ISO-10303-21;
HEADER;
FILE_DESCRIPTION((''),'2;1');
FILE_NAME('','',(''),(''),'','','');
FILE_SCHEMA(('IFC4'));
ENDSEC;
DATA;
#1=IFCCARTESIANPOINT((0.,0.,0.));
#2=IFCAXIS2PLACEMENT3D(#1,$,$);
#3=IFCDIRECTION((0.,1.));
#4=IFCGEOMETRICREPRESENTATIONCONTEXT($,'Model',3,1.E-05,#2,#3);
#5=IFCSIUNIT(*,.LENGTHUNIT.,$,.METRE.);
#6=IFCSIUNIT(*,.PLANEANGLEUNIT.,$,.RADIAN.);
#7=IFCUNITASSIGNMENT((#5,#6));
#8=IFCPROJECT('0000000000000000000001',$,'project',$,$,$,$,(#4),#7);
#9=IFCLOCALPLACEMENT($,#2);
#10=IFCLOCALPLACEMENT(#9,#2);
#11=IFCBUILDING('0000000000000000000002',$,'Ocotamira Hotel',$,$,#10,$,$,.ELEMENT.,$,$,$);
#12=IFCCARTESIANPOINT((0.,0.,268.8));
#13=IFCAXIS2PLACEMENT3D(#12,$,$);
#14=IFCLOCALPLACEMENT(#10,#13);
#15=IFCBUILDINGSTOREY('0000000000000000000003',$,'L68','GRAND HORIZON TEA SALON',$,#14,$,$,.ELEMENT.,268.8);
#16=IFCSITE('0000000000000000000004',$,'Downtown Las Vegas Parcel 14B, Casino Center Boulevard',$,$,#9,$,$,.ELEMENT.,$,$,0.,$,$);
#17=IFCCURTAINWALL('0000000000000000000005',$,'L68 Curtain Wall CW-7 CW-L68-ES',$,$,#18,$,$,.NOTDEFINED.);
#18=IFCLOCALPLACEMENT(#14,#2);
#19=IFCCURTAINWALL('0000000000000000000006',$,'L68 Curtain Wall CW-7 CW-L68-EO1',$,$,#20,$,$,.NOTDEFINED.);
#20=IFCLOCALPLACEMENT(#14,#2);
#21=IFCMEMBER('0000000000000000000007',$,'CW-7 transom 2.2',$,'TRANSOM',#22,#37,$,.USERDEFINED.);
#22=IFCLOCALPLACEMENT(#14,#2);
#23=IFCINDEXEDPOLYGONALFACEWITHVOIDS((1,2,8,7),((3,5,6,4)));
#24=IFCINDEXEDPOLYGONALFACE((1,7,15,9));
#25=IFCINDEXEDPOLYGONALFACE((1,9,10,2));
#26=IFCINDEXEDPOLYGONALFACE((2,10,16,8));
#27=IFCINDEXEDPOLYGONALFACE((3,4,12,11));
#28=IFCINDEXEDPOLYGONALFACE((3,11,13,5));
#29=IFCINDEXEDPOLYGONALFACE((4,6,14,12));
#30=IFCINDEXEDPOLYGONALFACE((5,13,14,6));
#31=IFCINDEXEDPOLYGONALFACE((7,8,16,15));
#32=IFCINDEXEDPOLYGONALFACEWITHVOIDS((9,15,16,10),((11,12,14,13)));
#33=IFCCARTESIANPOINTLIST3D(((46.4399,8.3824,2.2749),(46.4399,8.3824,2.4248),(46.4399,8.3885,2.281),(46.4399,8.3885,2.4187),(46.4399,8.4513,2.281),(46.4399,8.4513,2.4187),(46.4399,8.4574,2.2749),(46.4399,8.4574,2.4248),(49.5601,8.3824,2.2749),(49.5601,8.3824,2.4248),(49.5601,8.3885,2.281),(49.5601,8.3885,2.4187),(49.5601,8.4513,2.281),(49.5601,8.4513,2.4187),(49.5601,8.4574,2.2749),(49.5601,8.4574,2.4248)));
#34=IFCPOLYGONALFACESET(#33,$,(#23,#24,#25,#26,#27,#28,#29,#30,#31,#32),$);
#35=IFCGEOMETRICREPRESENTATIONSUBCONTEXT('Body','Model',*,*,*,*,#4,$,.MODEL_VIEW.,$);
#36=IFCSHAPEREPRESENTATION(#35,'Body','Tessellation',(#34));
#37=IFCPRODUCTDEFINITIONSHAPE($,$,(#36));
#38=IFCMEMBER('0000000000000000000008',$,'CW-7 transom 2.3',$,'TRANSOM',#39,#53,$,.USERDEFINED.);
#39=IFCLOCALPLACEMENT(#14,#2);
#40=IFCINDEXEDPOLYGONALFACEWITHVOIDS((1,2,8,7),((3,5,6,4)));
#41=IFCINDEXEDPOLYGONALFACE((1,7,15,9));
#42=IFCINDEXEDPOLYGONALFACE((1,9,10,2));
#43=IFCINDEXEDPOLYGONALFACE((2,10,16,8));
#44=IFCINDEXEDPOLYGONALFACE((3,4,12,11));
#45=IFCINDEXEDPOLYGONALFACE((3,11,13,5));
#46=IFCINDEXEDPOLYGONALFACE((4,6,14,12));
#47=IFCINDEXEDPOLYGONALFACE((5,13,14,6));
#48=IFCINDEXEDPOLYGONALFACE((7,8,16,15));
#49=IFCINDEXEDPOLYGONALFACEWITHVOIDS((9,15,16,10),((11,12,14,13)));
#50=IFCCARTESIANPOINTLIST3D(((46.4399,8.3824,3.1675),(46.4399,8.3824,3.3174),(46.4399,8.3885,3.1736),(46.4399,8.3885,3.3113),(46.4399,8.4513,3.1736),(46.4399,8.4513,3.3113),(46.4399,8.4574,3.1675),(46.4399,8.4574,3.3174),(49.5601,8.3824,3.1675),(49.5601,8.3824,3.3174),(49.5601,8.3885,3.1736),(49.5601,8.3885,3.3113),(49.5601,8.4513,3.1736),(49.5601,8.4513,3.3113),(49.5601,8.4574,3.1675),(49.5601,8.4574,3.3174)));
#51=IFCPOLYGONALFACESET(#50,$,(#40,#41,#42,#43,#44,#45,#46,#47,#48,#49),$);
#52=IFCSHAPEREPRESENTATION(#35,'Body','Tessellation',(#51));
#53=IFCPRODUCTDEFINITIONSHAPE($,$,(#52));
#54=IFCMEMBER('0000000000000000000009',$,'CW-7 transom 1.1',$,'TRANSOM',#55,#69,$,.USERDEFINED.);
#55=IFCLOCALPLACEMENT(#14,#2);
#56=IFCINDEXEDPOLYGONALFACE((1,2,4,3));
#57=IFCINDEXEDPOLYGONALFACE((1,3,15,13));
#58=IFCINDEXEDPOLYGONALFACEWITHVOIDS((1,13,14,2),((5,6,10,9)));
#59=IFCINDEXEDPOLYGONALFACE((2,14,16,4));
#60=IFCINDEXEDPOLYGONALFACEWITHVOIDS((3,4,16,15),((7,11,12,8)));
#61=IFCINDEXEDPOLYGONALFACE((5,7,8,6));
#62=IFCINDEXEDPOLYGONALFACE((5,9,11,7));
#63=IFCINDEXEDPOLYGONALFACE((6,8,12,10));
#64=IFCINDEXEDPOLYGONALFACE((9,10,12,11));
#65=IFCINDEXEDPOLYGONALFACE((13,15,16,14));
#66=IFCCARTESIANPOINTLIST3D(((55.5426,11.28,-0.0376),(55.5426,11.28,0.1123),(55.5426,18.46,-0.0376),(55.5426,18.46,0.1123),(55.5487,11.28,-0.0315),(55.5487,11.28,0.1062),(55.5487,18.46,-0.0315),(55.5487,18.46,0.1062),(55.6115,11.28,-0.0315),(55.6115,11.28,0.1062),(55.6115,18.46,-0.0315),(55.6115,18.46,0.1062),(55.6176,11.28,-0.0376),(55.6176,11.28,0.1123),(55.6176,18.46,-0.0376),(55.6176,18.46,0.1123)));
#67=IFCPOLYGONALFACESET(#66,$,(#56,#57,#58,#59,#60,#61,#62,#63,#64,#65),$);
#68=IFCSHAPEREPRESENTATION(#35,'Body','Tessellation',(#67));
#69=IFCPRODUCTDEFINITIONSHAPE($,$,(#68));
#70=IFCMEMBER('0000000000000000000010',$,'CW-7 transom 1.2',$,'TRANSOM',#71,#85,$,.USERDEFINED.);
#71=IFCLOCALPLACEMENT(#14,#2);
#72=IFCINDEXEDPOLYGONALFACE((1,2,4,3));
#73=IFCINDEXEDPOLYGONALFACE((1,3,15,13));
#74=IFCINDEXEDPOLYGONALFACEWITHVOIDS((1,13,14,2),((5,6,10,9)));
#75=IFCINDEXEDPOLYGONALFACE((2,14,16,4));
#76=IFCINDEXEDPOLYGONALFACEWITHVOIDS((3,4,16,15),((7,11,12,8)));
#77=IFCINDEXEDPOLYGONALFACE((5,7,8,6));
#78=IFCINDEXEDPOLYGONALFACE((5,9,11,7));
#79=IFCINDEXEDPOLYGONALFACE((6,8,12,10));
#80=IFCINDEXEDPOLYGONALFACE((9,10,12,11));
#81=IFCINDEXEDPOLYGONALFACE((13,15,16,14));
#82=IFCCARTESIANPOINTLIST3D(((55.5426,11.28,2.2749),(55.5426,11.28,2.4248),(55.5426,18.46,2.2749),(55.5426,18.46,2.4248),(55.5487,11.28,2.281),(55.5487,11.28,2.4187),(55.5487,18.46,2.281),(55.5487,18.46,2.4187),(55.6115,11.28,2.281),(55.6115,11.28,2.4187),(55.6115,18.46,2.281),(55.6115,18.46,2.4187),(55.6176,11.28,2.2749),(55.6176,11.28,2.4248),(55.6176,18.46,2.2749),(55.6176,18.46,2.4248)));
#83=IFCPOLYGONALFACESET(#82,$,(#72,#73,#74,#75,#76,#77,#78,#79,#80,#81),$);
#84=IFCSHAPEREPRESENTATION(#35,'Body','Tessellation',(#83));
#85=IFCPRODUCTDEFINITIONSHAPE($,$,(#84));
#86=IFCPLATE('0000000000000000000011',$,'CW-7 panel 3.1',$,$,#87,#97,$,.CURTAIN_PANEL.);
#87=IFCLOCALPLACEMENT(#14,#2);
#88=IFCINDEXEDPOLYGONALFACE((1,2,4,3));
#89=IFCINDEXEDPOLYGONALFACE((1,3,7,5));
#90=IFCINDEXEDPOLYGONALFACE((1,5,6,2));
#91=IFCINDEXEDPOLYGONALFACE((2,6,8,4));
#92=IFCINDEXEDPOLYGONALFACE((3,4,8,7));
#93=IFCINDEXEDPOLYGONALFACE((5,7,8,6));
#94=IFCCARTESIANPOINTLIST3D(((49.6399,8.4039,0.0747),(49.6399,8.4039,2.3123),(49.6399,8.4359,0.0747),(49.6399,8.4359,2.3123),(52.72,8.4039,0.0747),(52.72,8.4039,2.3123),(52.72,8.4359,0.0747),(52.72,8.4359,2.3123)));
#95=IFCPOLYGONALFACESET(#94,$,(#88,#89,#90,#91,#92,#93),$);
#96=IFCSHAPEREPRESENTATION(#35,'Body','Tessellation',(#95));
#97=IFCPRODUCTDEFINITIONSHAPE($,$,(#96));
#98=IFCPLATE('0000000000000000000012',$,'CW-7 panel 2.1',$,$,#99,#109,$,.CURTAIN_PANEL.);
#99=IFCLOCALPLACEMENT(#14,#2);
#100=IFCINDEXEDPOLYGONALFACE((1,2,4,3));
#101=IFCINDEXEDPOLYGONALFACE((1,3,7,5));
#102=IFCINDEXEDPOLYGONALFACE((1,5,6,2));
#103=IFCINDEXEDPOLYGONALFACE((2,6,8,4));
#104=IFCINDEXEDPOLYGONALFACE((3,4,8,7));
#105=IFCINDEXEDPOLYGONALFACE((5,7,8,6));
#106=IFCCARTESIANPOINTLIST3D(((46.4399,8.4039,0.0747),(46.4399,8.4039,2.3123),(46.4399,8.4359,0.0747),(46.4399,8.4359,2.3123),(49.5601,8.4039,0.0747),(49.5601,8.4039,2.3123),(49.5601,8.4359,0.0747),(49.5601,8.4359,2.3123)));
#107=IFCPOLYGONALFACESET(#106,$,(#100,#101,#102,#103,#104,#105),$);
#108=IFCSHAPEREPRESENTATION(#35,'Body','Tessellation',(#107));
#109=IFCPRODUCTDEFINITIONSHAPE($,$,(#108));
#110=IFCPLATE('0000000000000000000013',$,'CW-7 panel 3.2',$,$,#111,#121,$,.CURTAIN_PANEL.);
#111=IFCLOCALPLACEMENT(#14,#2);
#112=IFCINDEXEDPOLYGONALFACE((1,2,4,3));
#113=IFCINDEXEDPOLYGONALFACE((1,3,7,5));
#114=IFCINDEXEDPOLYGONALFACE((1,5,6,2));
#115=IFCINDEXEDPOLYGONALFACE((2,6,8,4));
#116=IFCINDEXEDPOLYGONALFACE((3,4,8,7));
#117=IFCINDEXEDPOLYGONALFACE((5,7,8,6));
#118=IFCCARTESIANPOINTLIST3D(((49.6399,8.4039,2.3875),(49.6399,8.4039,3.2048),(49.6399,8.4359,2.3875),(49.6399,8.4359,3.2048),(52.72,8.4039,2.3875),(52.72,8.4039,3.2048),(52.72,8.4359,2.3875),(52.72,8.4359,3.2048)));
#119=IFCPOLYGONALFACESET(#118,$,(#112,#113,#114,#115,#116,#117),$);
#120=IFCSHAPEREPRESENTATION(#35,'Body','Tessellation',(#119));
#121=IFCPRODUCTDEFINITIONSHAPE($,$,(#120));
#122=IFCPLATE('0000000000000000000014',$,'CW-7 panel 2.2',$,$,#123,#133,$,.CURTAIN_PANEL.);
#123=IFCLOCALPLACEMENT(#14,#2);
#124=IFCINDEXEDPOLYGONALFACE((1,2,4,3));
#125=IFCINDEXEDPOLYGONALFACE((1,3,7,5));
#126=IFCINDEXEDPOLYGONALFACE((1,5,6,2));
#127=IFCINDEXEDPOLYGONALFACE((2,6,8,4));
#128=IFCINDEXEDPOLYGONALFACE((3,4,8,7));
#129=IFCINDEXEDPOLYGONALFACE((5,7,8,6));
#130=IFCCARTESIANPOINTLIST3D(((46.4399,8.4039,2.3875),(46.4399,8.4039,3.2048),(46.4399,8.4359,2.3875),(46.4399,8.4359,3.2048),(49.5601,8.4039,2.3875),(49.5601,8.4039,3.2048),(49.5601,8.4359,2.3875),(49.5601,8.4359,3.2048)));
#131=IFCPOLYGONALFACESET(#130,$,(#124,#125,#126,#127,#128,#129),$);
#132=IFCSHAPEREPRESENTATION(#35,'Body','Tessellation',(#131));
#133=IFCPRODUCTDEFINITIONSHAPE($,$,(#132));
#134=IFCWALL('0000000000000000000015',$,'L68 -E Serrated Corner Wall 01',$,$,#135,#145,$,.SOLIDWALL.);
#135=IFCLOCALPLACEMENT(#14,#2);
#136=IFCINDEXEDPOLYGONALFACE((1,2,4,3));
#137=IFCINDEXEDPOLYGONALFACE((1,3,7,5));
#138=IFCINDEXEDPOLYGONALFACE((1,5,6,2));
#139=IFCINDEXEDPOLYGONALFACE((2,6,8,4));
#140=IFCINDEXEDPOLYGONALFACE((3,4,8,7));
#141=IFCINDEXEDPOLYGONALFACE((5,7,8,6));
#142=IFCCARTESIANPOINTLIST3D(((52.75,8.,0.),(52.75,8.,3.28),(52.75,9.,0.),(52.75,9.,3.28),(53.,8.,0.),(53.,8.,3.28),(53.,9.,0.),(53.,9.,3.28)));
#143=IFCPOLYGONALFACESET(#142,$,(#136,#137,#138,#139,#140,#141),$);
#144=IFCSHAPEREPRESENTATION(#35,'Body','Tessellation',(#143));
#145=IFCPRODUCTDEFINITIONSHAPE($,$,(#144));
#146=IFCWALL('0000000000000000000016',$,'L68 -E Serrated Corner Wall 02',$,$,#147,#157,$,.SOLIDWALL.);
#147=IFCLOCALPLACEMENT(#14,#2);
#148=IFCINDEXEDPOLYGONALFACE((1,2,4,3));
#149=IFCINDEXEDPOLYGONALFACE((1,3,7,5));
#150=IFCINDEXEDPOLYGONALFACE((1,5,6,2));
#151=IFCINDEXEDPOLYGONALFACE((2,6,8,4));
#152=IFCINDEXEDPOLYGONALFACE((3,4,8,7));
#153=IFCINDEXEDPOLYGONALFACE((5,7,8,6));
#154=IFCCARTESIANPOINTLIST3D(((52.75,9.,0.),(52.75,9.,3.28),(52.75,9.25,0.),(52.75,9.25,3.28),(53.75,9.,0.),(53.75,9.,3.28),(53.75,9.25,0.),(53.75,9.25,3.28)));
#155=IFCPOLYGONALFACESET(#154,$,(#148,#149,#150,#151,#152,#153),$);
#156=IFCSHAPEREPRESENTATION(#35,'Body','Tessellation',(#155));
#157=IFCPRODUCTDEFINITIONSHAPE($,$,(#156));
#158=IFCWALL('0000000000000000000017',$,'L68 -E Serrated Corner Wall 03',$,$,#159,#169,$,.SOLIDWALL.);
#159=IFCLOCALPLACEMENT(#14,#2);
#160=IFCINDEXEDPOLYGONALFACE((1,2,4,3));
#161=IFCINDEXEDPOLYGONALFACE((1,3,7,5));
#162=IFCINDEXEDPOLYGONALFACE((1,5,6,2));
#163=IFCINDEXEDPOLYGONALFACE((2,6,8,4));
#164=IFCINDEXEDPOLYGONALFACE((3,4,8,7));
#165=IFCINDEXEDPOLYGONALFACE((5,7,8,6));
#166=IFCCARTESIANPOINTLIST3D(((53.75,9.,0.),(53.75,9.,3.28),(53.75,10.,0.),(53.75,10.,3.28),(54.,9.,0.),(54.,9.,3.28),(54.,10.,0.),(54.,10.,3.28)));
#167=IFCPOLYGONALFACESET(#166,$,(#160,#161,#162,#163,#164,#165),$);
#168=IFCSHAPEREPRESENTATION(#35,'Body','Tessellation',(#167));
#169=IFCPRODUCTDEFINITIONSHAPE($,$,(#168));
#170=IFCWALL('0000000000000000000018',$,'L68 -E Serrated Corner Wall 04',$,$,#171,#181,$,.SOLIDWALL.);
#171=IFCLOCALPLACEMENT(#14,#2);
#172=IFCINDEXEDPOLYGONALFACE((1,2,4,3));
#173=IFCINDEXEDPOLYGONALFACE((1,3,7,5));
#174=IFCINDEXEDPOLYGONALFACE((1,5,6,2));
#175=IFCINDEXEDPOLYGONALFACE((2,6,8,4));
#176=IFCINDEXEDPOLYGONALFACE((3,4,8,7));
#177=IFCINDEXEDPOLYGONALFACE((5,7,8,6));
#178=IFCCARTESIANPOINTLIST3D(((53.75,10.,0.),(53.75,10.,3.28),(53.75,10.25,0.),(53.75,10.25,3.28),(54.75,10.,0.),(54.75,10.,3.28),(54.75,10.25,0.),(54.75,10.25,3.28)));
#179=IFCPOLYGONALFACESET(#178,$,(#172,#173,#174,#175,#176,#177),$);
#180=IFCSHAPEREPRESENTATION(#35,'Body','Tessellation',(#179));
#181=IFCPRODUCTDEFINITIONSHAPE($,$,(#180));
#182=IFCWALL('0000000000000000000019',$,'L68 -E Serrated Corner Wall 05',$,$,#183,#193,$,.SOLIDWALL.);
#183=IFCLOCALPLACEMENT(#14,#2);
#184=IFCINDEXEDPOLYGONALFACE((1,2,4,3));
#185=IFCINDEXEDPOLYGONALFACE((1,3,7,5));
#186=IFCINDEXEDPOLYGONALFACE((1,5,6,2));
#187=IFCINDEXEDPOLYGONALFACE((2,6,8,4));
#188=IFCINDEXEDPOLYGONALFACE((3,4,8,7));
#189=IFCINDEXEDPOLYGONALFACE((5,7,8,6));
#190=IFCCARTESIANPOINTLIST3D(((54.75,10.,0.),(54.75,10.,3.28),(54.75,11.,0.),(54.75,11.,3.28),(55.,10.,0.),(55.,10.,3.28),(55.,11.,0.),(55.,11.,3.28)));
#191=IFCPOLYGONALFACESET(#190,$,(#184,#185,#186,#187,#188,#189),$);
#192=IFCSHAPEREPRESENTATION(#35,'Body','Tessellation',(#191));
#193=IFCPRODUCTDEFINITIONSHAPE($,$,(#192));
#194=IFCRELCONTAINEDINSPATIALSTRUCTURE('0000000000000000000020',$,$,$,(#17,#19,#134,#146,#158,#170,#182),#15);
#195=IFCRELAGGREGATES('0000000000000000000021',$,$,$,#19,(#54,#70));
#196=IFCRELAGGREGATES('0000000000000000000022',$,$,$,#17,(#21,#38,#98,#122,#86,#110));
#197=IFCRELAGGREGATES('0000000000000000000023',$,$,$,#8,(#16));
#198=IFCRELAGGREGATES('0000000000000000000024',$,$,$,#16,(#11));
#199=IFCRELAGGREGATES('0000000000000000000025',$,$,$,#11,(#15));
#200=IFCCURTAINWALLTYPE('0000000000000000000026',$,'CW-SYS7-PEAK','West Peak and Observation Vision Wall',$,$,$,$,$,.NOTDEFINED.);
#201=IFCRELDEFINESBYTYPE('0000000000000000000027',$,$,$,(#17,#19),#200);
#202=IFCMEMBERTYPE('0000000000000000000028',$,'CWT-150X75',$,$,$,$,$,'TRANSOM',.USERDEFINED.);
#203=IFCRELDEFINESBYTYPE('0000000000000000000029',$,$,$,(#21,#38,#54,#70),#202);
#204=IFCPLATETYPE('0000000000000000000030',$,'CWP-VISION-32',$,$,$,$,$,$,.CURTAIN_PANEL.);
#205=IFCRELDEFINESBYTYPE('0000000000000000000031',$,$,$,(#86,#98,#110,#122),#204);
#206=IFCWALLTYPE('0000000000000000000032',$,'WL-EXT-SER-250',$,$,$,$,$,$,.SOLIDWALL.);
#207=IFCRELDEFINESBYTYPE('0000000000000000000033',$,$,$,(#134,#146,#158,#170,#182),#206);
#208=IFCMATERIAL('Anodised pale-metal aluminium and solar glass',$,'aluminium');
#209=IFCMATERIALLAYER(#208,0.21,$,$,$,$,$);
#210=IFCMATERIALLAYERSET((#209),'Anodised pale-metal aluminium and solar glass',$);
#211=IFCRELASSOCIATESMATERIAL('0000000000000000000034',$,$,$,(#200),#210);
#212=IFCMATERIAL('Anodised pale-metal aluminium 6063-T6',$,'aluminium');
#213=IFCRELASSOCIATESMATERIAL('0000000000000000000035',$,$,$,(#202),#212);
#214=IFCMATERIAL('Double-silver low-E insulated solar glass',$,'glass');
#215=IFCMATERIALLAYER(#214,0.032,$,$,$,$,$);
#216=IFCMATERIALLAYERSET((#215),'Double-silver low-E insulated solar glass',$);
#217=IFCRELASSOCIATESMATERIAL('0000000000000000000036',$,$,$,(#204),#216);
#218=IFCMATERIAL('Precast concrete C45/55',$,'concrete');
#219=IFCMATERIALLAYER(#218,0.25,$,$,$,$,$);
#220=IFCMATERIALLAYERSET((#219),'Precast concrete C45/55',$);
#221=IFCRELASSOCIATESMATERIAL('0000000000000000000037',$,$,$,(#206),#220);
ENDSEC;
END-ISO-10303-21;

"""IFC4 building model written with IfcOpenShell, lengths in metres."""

from ifc_helpers import new_model, si_unit, direction, frame, frame_2d, origin, origin_2d, place, context, subcontext, project, spatial, rectangle, hollow_rectangle, extrude, source, transform, mapped, material, layer, layer_set, material_profile, profile_set, type_object, element, aggregate, save


model = new_model("IFC4")

# Units and contexts
model_context = context("Model", 3, precision=1e-05, world=origin(), true_north=direction((0.0, 1.0)))
body_context = subcontext(model_context, "Body", "Model", "MODEL_VIEW")
ifc_project = project(units=[si_unit("LENGTHUNIT", "METRE"), si_unit("PLANEANGLEUNIT", "RADIAN")], contexts=[model_context])

# Site, building, storey
site_placement = place(None, origin())
site = spatial("IfcSite", under=ifc_project, at=site_placement, Name="Downtown Las Vegas Parcel 14B, Casino Center Boulevard", CompositionType="ELEMENT", RefElevation=0.0)
building_placement = place(site_placement, origin())
building = spatial("IfcBuilding", under=site, at=building_placement, Name="Ocotamira Hotel", CompositionType="ELEMENT")
storey_placement = place(building_placement, frame((0.0, 0.0, 268.8)))
storey = spatial("IfcBuildingStorey", under=building, at=storey_placement, Name="L68", Description="GRAND HORIZON TEA SALON", CompositionType="ELEMENT", Elevation=268.8)

# Curtain wall
ifc_material_1 = material(Name="Anodised pale-metal aluminium and solar glass", Category="aluminium")
ifc_layer_1 = layer(ifc_material_1, 0.21)
ifc_layer_set_1 = layer_set([ifc_layer_1], Name="Anodised pale-metal aluminium and solar glass")
curtain_wall_type = type_object("IfcCurtainWallType", Name="CW-SYS7-PEAK", Description="West Peak and Observation Vision Wall", PredefinedType="NOTDEFINED", material=ifc_layer_set_1)
curtain_wall_1_placement = place(storey_placement, origin())
curtain_wall_1 = element("IfcCurtainWall", 1, at=curtain_wall_1_placement, inside=storey, type_object=curtain_wall_type, Name="L68 Curtain Wall CW-7 CW-L68-ES", PredefinedType="NOTDEFINED")
ifc_material_2 = material(Name="Anodised pale-metal aluminium 6063-T6", Category="aluminium")

# Curtain wall
curtain_wall_2_placement = place(storey_placement, origin())
curtain_wall_2 = element("IfcCurtainWall", 2, at=curtain_wall_2_placement, inside=storey, type_object=curtain_wall_type, Name="L68 Curtain Wall CW-7 CW-L68-EO1", PredefinedType="NOTDEFINED")

# Members
ifc_material_profile_1 = material_profile(ifc_material_2, hollow_rectangle(XDim=0.075, YDim=0.1499, WallThickness=0.0061, at=origin_2d()), Name="HSS150X75X6")
ifc_profile_set_1 = profile_set([ifc_material_profile_1], Name="Anodised pale-metal aluminium 6063-T6")
member_type_1 = type_object("IfcMemberType", Name="CWT-150X75", ElementType="TRANSOM", PredefinedType="USERDEFINED", material=ifc_profile_set_1)
shared_shape_1 = source(origin(), body_context, "Body", "SweptSolid", [
    extrude(hollow_rectangle(XDim=0.075, YDim=0.1499, WallThickness=0.0061, at=origin_2d()), origin(), (0.0, 0.0, 1.0), 3.1201),
])
member_1_placement = place(storey_placement, frame((46.4399, 8.4199, 2.3499), z_axis=(1.0, 0.0, 0.0), x_axis=(0.0, 1.0, 0.0)))
member_1 = element("IfcMember", 3, at=member_1_placement, type_object=member_type_1, Name="CW-7 transom 2.2", ObjectType="TRANSOM", PredefinedType="USERDEFINED", context=body_context, shape_type="MappedRepresentation", body=[
    mapped(shared_shape_1, transform((0.0, 0.0, 0.0), scale=1.0)),
])
member_2_placement = place(storey_placement, frame((46.4399, 8.4199, 3.2424), z_axis=(1.0, 0.0, 0.0), x_axis=(0.0, 1.0, 0.0)))
member_2 = element("IfcMember", 4, at=member_2_placement, type_object=member_type_1, Name="CW-7 transom 2.3", ObjectType="TRANSOM", PredefinedType="USERDEFINED", context=body_context, shape_type="MappedRepresentation", body=[
    mapped(shared_shape_1, transform((0.0, 0.0, 0.0), scale=1.0)),
])
shared_shape_2 = source(origin(), body_context, "Body", "SweptSolid", [
    extrude(hollow_rectangle(XDim=0.075, YDim=0.1499, WallThickness=0.0061, at=origin_2d()), origin(), (0.0, 0.0, 1.0), 7.1799),
])
member_3_placement = place(storey_placement, frame((55.5801, 11.28, 0.0374), z_axis=(0.0, 1.0, 0.0), x_axis=(-1.0, 0.0, 0.0)))
member_3 = element("IfcMember", 5, at=member_3_placement, type_object=member_type_1, Name="CW-7 transom 1.1", ObjectType="TRANSOM", PredefinedType="USERDEFINED", context=body_context, shape_type="MappedRepresentation", body=[
    mapped(shared_shape_2, transform((0.0, 0.0, 0.0), scale=1.0)),
])
member_4_placement = place(storey_placement, frame((55.5801, 11.28, 2.3499), z_axis=(0.0, 1.0, 0.0), x_axis=(-1.0, 0.0, 0.0)))
member_4 = element("IfcMember", 6, at=member_4_placement, type_object=member_type_1, Name="CW-7 transom 1.2", ObjectType="TRANSOM", PredefinedType="USERDEFINED", context=body_context, shape_type="MappedRepresentation", body=[
    mapped(shared_shape_2, transform((0.0, 0.0, 0.0), scale=1.0)),
])
aggregate(curtain_wall_2, [member_3, member_4])

# Plates
ifc_material_3 = material(Name="Double-silver low-E insulated solar glass", Category="glass")
ifc_layer_2 = layer(ifc_material_3, 0.032)
ifc_layer_set_2 = layer_set([ifc_layer_2], Name="Double-silver low-E insulated solar glass")
plate_type = type_object("IfcPlateType", Name="CWP-VISION-32", PredefinedType="CURTAIN_PANEL", material=ifc_layer_set_2)
shared_shape_3 = source(origin(), body_context, "Body", "SweptSolid", [
    extrude(rectangle(XDim=3.0801, YDim=0.032, at=origin_2d()), origin(), (0.0, 0.0, 1.0), 2.2375),
])
plate_1_placement = place(storey_placement, frame((51.1799, 8.4199, 0.0747), z_axis=(0.0, 0.0, 1.0), x_axis=(1.0, 0.0, 0.0)))
plate_1 = element("IfcPlate", 7, at=plate_1_placement, type_object=plate_type, Name="CW-7 panel 3.1", PredefinedType="CURTAIN_PANEL", context=body_context, shape_type="MappedRepresentation", body=[
    mapped(shared_shape_3, transform((0.0, 0.0, 0.0), scale=1.0)),
])
shared_shape_4 = source(origin(), body_context, "Body", "SweptSolid", [
    extrude(rectangle(XDim=3.1201, YDim=0.032, at=origin_2d()), origin(), (0.0, 0.0, 1.0), 2.2375),
])
plate_2_placement = place(storey_placement, frame((48.0, 8.4199, 0.0747), z_axis=(0.0, 0.0, 1.0), x_axis=(1.0, 0.0, 0.0)))
plate_2 = element("IfcPlate", 8, at=plate_2_placement, type_object=plate_type, Name="CW-7 panel 2.1", PredefinedType="CURTAIN_PANEL", context=body_context, shape_type="MappedRepresentation", body=[
    mapped(shared_shape_4, transform((0.0, 0.0, 0.0), scale=1.0)),
])
shared_shape_5 = source(origin(), body_context, "Body", "SweptSolid", [
    extrude(rectangle(XDim=3.0801, YDim=0.032, at=origin_2d()), origin(), (0.0, 0.0, 1.0), 0.8174),
])
plate_3_placement = place(storey_placement, frame((51.1799, 8.4199, 2.3875), z_axis=(0.0, 0.0, 1.0), x_axis=(1.0, 0.0, 0.0)))
plate_3 = element("IfcPlate", 9, at=plate_3_placement, type_object=plate_type, Name="CW-7 panel 3.2", PredefinedType="CURTAIN_PANEL", context=body_context, shape_type="MappedRepresentation", body=[
    mapped(shared_shape_5, transform((0.0, 0.0, 0.0), scale=1.0)),
])
shared_shape_6 = source(origin(), body_context, "Body", "SweptSolid", [
    extrude(rectangle(XDim=3.1201, YDim=0.032, at=origin_2d()), origin(), (0.0, 0.0, 1.0), 0.8174),
])
plate_4_placement = place(storey_placement, frame((48.0, 8.4199, 2.3875), z_axis=(0.0, 0.0, 1.0), x_axis=(1.0, 0.0, 0.0)))
plate_4 = element("IfcPlate", 10, at=plate_4_placement, type_object=plate_type, Name="CW-7 panel 2.2", PredefinedType="CURTAIN_PANEL", context=body_context, shape_type="MappedRepresentation", body=[
    mapped(shared_shape_6, transform((0.0, 0.0, 0.0), scale=1.0)),
])
aggregate(curtain_wall_1, [member_1, member_2, plate_2, plate_4, plate_1, plate_3])

# Walls
ifc_material_4 = material(Name="Precast concrete C45/55", Category="concrete")
ifc_layer_3 = layer(ifc_material_4, 0.25)
ifc_layer_set_3 = layer_set([ifc_layer_3], Name="Precast concrete C45/55")
wall_type_1 = type_object("IfcWallType", Name="WL-EXT-SER-250", PredefinedType="SOLIDWALL", material=ifc_layer_set_3)
for number, where, z_axis, x_axis, name in (
    (11, (52.875, 8.0, 0.0), (0.0, 0.0, 1.0), (0.0, 1.0, 0.0), "L68 -E Serrated Corner Wall 01"),
    (12, (52.75, 9.125, 0.0), (0.0, 0.0, 1.0), (1.0, 0.0, 0.0), "L68 -E Serrated Corner Wall 02"),
    (13, (53.875, 9.0, 0.0), (0.0, 0.0, 1.0), (0.0, 1.0, 0.0), "L68 -E Serrated Corner Wall 03"),
    (14, (53.75, 10.125, 0.0), (0.0, 0.0, 1.0), (1.0, 0.0, 0.0), "L68 -E Serrated Corner Wall 04"),
    (15, (54.875, 10.0, 0.0), (0.0, 0.0, 1.0), (0.0, 1.0, 0.0), "L68 -E Serrated Corner Wall 05"),
):
    element("IfcWall", number, at=place(storey_placement, frame(where, z_axis=z_axis, x_axis=x_axis)), inside=storey, type_object=wall_type_1, Name=name, PredefinedType="SOLIDWALL", context=body_context, shape_type="SweptSolid", body=[
        extrude(rectangle(XDim=1.0, YDim=0.25, at=frame_2d((0.5, 0.0))), origin(), (0.0, 0.0, 1.0), 3.28),
    ])

save(model, "model.ifc")
